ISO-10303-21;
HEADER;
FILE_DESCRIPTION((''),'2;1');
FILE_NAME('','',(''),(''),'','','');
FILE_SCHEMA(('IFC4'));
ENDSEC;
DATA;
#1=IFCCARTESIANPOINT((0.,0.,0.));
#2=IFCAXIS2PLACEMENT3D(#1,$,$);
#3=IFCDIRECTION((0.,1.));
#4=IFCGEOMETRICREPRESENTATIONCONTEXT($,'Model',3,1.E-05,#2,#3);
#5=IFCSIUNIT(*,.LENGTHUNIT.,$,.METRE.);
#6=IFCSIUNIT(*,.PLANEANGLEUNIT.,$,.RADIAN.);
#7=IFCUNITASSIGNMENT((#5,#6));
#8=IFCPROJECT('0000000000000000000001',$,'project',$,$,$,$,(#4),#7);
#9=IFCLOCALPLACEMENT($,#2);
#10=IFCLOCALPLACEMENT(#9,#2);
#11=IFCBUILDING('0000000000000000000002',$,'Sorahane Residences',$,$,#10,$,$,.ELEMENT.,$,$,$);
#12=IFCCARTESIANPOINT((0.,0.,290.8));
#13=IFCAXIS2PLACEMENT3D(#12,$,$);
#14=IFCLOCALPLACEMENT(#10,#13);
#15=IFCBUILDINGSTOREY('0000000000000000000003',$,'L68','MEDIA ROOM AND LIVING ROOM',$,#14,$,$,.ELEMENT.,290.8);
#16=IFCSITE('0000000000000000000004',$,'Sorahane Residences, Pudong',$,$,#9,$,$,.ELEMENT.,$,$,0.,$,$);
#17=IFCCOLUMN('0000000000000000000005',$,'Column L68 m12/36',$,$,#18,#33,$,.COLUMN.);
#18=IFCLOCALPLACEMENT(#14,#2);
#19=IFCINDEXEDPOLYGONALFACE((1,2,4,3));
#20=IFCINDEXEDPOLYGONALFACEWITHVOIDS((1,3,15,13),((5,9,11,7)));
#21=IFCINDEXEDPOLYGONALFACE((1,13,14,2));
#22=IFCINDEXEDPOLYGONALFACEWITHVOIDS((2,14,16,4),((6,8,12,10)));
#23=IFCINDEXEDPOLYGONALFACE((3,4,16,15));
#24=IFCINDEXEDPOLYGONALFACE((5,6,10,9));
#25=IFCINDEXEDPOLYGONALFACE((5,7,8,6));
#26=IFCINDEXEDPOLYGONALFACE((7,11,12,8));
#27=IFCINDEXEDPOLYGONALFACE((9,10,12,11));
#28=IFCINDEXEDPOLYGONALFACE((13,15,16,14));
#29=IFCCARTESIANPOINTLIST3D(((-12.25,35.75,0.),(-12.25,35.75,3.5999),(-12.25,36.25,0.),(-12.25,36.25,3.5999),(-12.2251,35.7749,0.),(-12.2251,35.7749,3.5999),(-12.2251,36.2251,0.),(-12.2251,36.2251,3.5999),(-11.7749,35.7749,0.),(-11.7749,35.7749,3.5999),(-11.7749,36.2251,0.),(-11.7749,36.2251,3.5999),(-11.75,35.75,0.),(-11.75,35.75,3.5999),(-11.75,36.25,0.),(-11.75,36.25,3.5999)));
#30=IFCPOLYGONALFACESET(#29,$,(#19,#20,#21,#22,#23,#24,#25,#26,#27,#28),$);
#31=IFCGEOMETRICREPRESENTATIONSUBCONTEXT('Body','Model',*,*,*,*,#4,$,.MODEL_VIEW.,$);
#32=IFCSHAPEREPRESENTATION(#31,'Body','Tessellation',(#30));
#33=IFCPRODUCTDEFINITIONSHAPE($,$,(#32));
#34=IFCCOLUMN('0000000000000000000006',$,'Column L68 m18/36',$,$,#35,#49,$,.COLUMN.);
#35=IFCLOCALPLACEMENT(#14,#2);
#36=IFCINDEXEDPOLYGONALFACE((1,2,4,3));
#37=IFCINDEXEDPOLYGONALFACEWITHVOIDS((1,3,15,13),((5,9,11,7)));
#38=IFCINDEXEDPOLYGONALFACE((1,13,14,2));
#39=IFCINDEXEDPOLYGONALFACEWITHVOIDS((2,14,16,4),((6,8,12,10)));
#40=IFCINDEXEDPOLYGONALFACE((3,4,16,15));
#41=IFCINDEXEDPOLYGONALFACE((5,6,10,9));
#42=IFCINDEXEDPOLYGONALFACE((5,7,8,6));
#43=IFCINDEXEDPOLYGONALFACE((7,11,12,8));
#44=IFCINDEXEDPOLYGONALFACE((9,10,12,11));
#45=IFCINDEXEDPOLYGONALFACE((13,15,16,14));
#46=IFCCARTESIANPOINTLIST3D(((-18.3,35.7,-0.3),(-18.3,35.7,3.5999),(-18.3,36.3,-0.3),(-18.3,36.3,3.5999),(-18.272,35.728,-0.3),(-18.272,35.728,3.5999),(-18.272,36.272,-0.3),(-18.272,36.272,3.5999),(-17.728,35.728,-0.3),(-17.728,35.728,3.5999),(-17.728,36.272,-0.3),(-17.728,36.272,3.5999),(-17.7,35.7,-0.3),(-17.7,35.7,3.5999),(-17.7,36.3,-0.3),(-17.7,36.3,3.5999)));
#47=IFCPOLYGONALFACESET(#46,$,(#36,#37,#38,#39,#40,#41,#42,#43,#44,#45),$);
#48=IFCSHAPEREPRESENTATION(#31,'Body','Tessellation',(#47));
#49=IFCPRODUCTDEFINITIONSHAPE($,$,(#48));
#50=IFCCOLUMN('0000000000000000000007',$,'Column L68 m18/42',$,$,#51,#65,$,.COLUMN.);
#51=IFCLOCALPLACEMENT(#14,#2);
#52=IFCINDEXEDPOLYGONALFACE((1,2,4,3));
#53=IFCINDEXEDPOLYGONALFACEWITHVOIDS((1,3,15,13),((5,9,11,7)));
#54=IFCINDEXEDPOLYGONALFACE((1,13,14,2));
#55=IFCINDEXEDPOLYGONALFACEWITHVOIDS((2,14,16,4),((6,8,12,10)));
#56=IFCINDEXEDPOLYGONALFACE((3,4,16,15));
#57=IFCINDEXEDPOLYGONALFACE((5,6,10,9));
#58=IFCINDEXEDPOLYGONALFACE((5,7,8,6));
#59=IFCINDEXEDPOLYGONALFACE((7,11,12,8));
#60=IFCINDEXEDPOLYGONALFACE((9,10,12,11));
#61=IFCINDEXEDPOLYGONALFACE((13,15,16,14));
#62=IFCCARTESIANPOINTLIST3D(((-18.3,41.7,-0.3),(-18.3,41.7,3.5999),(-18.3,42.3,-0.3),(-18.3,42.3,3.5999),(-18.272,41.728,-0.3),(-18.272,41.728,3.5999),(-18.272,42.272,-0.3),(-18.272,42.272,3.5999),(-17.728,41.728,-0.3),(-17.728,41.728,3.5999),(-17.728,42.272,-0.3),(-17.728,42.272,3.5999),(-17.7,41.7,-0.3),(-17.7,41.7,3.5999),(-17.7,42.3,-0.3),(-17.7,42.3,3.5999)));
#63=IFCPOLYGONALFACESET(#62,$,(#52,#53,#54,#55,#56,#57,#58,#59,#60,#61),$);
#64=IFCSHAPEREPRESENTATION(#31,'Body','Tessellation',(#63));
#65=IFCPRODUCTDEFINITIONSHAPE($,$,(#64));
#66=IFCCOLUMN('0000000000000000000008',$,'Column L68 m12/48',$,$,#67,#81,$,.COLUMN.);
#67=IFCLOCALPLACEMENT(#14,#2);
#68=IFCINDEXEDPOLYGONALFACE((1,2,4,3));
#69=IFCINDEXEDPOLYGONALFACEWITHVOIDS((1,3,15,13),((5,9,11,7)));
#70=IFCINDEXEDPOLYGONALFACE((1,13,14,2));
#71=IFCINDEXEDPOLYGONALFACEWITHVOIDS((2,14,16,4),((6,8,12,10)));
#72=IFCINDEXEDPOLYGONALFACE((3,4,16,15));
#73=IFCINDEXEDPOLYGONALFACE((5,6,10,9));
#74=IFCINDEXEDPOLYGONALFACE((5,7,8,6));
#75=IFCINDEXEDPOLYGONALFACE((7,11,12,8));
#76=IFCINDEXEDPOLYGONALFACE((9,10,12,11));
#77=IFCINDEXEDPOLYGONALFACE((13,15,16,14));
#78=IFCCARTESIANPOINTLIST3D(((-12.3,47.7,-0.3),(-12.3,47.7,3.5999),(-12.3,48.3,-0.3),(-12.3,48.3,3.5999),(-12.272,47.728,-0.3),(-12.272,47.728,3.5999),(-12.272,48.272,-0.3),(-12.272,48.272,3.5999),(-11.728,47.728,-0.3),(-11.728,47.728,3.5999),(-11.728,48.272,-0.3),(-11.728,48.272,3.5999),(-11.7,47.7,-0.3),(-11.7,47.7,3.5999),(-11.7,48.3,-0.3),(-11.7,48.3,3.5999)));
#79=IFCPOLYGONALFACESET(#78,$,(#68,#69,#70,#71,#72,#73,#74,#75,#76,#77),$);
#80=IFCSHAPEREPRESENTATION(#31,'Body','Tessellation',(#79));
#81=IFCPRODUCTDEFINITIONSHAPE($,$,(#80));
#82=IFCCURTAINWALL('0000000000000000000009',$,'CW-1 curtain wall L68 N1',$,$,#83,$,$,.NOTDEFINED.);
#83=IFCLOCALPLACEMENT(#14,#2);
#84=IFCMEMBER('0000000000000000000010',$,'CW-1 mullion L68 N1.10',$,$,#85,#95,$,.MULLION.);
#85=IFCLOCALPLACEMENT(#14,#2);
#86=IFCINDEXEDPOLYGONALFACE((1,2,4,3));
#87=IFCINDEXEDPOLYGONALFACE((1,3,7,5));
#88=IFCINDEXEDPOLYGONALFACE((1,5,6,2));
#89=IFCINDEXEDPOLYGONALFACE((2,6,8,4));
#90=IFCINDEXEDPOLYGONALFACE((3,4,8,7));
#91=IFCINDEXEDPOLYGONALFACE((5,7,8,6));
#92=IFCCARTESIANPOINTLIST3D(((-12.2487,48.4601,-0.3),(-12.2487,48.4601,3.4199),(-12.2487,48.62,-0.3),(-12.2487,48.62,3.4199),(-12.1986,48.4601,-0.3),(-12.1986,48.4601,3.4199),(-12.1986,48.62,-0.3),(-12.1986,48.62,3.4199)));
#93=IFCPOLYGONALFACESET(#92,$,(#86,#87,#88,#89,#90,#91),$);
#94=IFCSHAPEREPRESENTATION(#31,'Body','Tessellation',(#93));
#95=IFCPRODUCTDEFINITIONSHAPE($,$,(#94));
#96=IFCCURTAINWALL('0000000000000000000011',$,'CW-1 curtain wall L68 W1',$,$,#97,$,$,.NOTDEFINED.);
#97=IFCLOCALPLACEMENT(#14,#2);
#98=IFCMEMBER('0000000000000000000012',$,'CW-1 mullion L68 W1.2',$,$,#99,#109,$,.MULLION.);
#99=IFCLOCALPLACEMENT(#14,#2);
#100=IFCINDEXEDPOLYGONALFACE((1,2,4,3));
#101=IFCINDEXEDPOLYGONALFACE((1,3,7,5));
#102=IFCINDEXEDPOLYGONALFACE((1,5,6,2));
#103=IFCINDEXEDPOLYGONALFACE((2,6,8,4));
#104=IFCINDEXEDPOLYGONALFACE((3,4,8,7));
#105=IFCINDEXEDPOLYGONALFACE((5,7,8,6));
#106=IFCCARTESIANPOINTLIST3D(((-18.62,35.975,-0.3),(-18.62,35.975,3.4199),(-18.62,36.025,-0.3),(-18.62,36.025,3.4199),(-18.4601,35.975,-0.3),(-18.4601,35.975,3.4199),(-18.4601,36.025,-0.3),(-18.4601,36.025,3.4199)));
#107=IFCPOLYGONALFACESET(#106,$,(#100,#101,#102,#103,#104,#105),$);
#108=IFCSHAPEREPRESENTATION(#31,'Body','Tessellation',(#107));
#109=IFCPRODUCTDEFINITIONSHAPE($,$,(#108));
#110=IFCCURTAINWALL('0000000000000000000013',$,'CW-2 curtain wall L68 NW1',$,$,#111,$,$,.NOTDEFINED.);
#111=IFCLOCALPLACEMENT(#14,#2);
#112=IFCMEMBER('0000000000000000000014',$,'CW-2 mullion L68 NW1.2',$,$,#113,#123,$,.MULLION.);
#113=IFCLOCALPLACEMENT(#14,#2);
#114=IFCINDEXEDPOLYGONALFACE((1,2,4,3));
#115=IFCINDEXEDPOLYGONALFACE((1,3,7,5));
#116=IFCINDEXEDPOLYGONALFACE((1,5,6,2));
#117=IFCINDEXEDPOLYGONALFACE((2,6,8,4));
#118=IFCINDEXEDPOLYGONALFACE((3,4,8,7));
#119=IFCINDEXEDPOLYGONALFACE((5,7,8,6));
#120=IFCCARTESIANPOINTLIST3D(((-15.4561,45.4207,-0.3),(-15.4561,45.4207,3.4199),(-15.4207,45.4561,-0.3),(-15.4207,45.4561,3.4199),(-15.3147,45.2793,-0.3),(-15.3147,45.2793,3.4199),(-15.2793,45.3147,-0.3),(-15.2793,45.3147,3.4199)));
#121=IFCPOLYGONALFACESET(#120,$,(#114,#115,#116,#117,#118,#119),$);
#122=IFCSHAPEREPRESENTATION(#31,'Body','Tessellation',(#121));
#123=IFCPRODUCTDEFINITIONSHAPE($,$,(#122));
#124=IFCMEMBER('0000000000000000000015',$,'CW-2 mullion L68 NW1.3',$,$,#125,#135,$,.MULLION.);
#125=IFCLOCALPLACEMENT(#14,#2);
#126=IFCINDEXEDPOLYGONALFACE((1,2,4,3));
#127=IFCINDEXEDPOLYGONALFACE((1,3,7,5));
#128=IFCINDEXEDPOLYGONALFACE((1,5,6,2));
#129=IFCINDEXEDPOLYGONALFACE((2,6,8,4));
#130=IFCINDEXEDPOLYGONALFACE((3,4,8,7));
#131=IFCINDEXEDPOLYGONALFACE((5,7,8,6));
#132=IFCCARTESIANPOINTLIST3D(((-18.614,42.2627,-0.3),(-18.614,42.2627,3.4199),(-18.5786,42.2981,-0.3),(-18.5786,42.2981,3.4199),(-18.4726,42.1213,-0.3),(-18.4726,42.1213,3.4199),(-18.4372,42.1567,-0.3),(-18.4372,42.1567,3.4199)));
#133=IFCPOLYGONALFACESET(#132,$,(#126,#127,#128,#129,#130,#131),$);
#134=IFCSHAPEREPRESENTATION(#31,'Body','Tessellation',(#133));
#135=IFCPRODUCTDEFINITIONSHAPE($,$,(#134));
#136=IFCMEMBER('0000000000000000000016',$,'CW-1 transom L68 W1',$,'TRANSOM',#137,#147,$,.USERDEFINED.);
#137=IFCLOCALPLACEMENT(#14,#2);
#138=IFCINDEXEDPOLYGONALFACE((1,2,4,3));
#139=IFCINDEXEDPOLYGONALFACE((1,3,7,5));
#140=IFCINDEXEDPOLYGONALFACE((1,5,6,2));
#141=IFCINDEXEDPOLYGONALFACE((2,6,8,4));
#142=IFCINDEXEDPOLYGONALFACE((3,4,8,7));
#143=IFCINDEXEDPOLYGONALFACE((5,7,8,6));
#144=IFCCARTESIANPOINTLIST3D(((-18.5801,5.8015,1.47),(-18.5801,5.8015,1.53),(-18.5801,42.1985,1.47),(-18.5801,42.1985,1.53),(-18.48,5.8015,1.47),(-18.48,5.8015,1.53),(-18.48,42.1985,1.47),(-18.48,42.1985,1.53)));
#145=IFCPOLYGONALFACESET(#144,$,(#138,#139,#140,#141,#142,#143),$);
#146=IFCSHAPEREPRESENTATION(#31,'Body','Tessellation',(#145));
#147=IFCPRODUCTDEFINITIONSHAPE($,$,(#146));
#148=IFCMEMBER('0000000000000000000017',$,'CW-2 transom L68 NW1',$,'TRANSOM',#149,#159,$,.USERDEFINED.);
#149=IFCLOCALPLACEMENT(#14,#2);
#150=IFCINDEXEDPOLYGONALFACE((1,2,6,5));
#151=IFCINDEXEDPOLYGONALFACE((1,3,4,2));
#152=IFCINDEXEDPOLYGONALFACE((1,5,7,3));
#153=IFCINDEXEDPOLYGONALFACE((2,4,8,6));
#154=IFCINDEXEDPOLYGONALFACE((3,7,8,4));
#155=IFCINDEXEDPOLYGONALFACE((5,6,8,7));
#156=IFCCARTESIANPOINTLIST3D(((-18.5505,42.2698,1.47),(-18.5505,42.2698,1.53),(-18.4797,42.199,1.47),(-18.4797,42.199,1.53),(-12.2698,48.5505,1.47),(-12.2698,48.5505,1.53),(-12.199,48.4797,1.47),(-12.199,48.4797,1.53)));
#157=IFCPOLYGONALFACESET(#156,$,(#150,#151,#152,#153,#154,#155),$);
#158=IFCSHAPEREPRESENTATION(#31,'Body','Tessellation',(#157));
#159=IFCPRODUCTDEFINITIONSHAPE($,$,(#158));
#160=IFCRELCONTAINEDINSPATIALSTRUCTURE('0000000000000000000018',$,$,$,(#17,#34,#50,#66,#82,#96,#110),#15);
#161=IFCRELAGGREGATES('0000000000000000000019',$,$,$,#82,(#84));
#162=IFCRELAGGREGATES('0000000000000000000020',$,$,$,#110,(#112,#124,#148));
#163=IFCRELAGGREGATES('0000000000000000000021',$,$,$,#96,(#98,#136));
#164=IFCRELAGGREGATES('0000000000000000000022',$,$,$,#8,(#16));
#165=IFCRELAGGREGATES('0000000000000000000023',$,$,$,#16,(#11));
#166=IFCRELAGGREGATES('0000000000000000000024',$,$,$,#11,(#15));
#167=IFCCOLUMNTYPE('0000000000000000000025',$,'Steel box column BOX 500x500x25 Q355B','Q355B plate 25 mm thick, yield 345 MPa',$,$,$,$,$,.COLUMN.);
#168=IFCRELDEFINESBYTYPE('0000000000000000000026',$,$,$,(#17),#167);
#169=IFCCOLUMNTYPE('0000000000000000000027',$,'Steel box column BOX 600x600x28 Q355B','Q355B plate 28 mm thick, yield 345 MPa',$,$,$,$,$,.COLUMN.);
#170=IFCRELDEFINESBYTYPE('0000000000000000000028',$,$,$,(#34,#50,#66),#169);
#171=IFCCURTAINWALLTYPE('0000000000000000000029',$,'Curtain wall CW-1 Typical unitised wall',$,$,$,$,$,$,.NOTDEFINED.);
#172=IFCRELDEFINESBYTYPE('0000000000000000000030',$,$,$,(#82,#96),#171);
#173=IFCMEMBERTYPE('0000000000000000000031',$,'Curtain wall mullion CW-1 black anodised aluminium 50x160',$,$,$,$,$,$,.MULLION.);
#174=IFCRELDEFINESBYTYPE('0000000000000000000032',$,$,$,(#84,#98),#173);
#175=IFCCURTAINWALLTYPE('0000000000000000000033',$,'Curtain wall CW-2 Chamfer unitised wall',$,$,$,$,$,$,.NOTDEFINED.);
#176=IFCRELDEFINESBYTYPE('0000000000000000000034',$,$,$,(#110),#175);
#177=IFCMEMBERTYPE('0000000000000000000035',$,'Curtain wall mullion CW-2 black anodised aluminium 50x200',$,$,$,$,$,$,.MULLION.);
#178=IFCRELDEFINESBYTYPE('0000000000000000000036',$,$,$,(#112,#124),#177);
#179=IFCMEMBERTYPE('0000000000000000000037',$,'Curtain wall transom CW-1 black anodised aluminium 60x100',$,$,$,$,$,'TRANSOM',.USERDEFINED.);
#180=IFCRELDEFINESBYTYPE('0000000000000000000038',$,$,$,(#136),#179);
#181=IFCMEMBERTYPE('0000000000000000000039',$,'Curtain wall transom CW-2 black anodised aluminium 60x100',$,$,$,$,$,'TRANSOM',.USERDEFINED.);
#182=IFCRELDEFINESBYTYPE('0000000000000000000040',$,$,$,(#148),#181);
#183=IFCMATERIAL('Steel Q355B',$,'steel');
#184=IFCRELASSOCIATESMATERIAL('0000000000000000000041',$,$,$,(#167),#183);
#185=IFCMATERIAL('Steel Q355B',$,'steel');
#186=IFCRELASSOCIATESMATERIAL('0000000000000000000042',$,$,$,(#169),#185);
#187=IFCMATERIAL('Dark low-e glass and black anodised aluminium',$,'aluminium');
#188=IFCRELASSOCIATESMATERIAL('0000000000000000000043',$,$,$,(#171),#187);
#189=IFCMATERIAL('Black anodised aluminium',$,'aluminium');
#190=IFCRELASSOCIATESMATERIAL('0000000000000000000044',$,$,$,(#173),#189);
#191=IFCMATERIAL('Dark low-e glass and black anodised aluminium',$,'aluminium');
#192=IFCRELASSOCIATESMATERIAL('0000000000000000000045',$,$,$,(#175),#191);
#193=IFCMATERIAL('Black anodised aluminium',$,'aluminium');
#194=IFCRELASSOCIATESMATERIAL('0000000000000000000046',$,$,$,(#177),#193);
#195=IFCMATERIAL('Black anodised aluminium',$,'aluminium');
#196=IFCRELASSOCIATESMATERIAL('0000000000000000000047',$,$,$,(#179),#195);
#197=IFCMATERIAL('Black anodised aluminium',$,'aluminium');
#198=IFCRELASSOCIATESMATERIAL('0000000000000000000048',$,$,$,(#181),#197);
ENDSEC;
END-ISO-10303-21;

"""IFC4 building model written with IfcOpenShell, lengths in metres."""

from ifc_helpers import new_model, si_unit, direction, frame, origin, origin_2d, place, context, subcontext, project, spatial, rectangle, hollow_rectangle, extrude, material, material_profile, profile_set, type_object, element, aggregate, save


model = new_model("IFC4")

# Units and contexts
model_context = context("Model", 3, precision=1e-05, world=origin(), true_north=direction((0.0, 1.0)))
body_context = subcontext(model_context, "Body", "Model", "MODEL_VIEW")
ifc_project = project(units=[si_unit("LENGTHUNIT", "METRE"), si_unit("PLANEANGLEUNIT", "RADIAN")], contexts=[model_context])

# Site, building, storey
site_placement = place(None, origin())
site = spatial("IfcSite", under=ifc_project, at=site_placement, Name="Sorahane Residences, Pudong", CompositionType="ELEMENT", RefElevation=0.0)
building_placement = place(site_placement, origin())
building = spatial("IfcBuilding", under=site, at=building_placement, Name="Sorahane Residences", CompositionType="ELEMENT")
storey_placement = place(building_placement, frame((0.0, 0.0, 290.8)))
storey = spatial("IfcBuildingStorey", under=building, at=storey_placement, Name="L68", Description="MEDIA ROOM AND LIVING ROOM", CompositionType="ELEMENT", Elevation=290.8)

# Columns
ifc_material_1 = material(Name="Steel Q355B", Category="steel")
ifc_material_profile_1 = material_profile(ifc_material_1, hollow_rectangle(XDim=0.5, YDim=0.5, WallThickness=0.0249, at=origin_2d()), Name="BOX 500x500x25")
ifc_profile_set_1 = profile_set([ifc_material_profile_1], Name="Steel Q355B")
column_type_1 = type_object("IfcColumnType", Name="Steel box column BOX 500x500x25 Q355B", Description="Q355B plate 25 mm thick, yield 345 MPa", PredefinedType="COLUMN", material=ifc_profile_set_1)
column_placement = place(storey_placement, frame((-12.0, 36.0, 0.0), z_axis=(0.0, 0.0, 1.0), x_axis=(1.0, 0.0, 0.0)))
element("IfcColumn", 1, at=column_placement, inside=storey, type_object=column_type_1, Name="Column L68 m12/36", PredefinedType="COLUMN", context=body_context, shape_type="SweptSolid", body=[
    extrude(hollow_rectangle(XDim=0.5, YDim=0.5, WallThickness=0.0249, at=origin_2d()), origin(), (0.0, 0.0, 1.0), 3.5999),
])
ifc_material_2 = material(Name="Steel Q355B", Category="steel")
ifc_material_profile_2 = material_profile(ifc_material_2, hollow_rectangle(XDim=0.6001, YDim=0.6001, WallThickness=0.0281, at=origin_2d()), Name="BOX 600x600x28")
ifc_profile_set_2 = profile_set([ifc_material_profile_2], Name="Steel Q355B")
column_type_2 = type_object("IfcColumnType", Name="Steel box column BOX 600x600x28 Q355B", Description="Q355B plate 28 mm thick, yield 345 MPa", PredefinedType="COLUMN", material=ifc_profile_set_2)
for number, where, z_axis, x_axis, name in (
    (2, (-18.0, 36.0, -0.3), (0.0, 0.0, 1.0), (1.0, 0.0, 0.0), "Column L68 m18/36"),
    (3, (-18.0, 42.0, -0.3), (0.0, 0.0, 1.0), (1.0, 0.0, 0.0), "Column L68 m18/42"),
    (4, (-12.0, 48.0, -0.3), (0.0, 0.0, 1.0), (1.0, 0.0, 0.0), "Column L68 m12/48"),
):
    element("IfcColumn", number, at=place(storey_placement, frame(where, z_axis=z_axis, x_axis=x_axis)), inside=storey, type_object=column_type_2, Name=name, PredefinedType="COLUMN", context=body_context, shape_type="SweptSolid", body=[
        extrude(hollow_rectangle(XDim=0.6001, YDim=0.6001, WallThickness=0.0281, at=origin_2d()), origin(), (0.0, 0.0, 1.0), 3.8999),
    ])

# Curtain walls, members
ifc_material_3 = material(Name="Dark low-e glass and black anodised aluminium", Category="aluminium")
curtain_wall_type_1 = type_object("IfcCurtainWallType", Name="Curtain wall CW-1 Typical unitised wall", PredefinedType="NOTDEFINED", material=ifc_material_3)
curtain_wall_1_placement = place(storey_placement, origin())
curtain_wall_1 = element("IfcCurtainWall", 5, at=curtain_wall_1_placement, inside=storey, type_object=curtain_wall_type_1, Name="CW-1 curtain wall L68 N1", PredefinedType="NOTDEFINED")
ifc_material_4 = material(Name="Black anodised aluminium", Category="aluminium")
ifc_material_profile_3 = material_profile(ifc_material_4, rectangle(XDim=0.1599, YDim=0.05, at=origin_2d()), Name="Curtain wall mullion CW-1 black anodised aluminium 50x160")
ifc_profile_set_3 = profile_set([ifc_material_profile_3], Name="Black anodised aluminium")
member_type_1 = type_object("IfcMemberType", Name="Curtain wall mullion CW-1 black anodised aluminium 50x160", PredefinedType="MULLION", material=ifc_profile_set_3)
member_1_placement = place(storey_placement, frame((-12.2236, 48.54, -0.3), z_axis=(0.0, 0.0, 1.0), x_axis=(0.0, 1.0, 0.0)))
member_1 = element("IfcMember", 6, at=member_1_placement, type_object=member_type_1, Name="CW-1 mullion L68 N1.10", PredefinedType="MULLION", context=body_context, shape_type="SweptSolid", body=[
    extrude(rectangle(XDim=0.1599, YDim=0.05, at=origin_2d()), origin(), (0.0, 0.0, 1.0), 3.72),
])
curtain_wall_2_placement = place(storey_placement, origin())
curtain_wall_2 = element("IfcCurtainWall", 7, at=curtain_wall_2_placement, inside=storey, type_object=curtain_wall_type_1, Name="CW-1 curtain wall L68 W1", PredefinedType="NOTDEFINED")
member_2_placement = place(storey_placement, frame((-18.54, 36.0, -0.3), z_axis=(0.0, 0.0, 1.0), x_axis=(-1.0, 0.0, 0.0)))
member_2 = element("IfcMember", 8, at=member_2_placement, type_object=member_type_1, Name="CW-1 mullion L68 W1.2", PredefinedType="MULLION", context=body_context, shape_type="SweptSolid", body=[
    extrude(rectangle(XDim=0.1599, YDim=0.05, at=origin_2d()), origin(), (0.0, 0.0, 1.0), 3.72),
])

# Curtain wall, members
ifc_material_5 = material(Name="Dark low-e glass and black anodised aluminium", Category="aluminium")
curtain_wall_type_2 = type_object("IfcCurtainWallType", Name="Curtain wall CW-2 Chamfer unitised wall", PredefinedType="NOTDEFINED", material=ifc_material_5)
curtain_wall_3_placement = place(storey_placement, origin())
curtain_wall_3 = element("IfcCurtainWall", 9, at=curtain_wall_3_placement, inside=storey, type_object=curtain_wall_type_2, Name="CW-2 curtain wall L68 NW1", PredefinedType="NOTDEFINED")
ifc_material_6 = material(Name="Black anodised aluminium", Category="aluminium")
ifc_material_profile_4 = material_profile(ifc_material_6, rectangle(XDim=0.2, YDim=0.05, at=origin_2d()), Name="Curtain wall mullion CW-2 black anodised aluminium 50x200")
ifc_profile_set_4 = profile_set([ifc_material_profile_4], Name="Black anodised aluminium")
member_type_2 = type_object("IfcMemberType", Name="Curtain wall mullion CW-2 black anodised aluminium 50x200", PredefinedType="MULLION", material=ifc_profile_set_4)
member_3_placement = place(storey_placement, frame((-15.3677, 45.3677, -0.3), z_axis=(0.0, 0.0, 1.0), x_axis=(-0.707107, 0.707107, 0.0)))
member_3 = element("IfcMember", 10, at=member_3_placement, type_object=member_type_2, Name="CW-2 mullion L68 NW1.2", PredefinedType="MULLION", context=body_context, shape_type="SweptSolid", body=[
    extrude(rectangle(XDim=0.2, YDim=0.05, at=origin_2d()), origin(), (0.0, 0.0, 1.0), 3.72),
])
member_4_placement = place(storey_placement, frame((-18.5256, 42.2097, -0.3), z_axis=(0.0, 0.0, 1.0), x_axis=(-0.707107, 0.707107, 0.0)))
member_4 = element("IfcMember", 11, at=member_4_placement, type_object=member_type_2, Name="CW-2 mullion L68 NW1.3", PredefinedType="MULLION", context=body_context, shape_type="SweptSolid", body=[
    extrude(rectangle(XDim=0.2, YDim=0.05, at=origin_2d()), origin(), (0.0, 0.0, 1.0), 3.72),
])

# Members
ifc_material_7 = material(Name="Black anodised aluminium", Category="aluminium")
ifc_material_profile_5 = material_profile(ifc_material_7, rectangle(XDim=0.1001, YDim=0.0601, at=origin_2d()), Name="Curtain wall transom CW-1 black anodised aluminium 60x100")
ifc_profile_set_5 = profile_set([ifc_material_profile_5], Name="Black anodised aluminium")
member_type_3 = type_object("IfcMemberType", Name="Curtain wall transom CW-1 black anodised aluminium 60x100", ElementType="TRANSOM", PredefinedType="USERDEFINED", material=ifc_profile_set_5)
member_5_placement = place(storey_placement, frame((-18.53, 42.1985, 1.5), z_axis=(0.0, -1.0, 0.0), x_axis=(1.0, 0.0, 0.0)))
member_5 = element("IfcMember", 12, at=member_5_placement, type_object=member_type_3, Name="CW-1 transom L68 W1", ObjectType="TRANSOM", PredefinedType="USERDEFINED", context=body_context, shape_type="SweptSolid", body=[
    extrude(rectangle(XDim=0.1001, YDim=0.0601, at=origin_2d()), origin(), (0.0, 0.0, 1.0), 36.397),
])
ifc_material_8 = material(Name="Black anodised aluminium", Category="aluminium")
ifc_material_profile_6 = material_profile(ifc_material_8, rectangle(XDim=0.1001, YDim=0.0601, at=origin_2d()), Name="Curtain wall transom CW-2 black anodised aluminium 60x100")
ifc_profile_set_6 = profile_set([ifc_material_profile_6], Name="Black anodised aluminium")
member_type_4 = type_object("IfcMemberType", Name="Curtain wall transom CW-2 black anodised aluminium 60x100", ElementType="TRANSOM", PredefinedType="USERDEFINED", material=ifc_profile_set_6)
member_6_placement = place(storey_placement, frame((-12.2344, 48.5151, 1.5), z_axis=(-0.707107, -0.707107, 0.0), x_axis=(0.707107, -0.707107, 0.0)))
member_6 = element("IfcMember", 13, at=member_6_placement, type_object=member_type_4, Name="CW-2 transom L68 NW1", ObjectType="TRANSOM", PredefinedType="USERDEFINED", context=body_context, shape_type="SweptSolid", body=[
    extrude(rectangle(XDim=0.1001, YDim=0.0601, at=origin_2d()), origin(), (0.0, 0.0, 1.0), 8.8823),
])

aggregate(curtain_wall_1, [member_1])
aggregate(curtain_wall_3, [member_3, member_4, member_6])
aggregate(curtain_wall_2, [member_2, member_5])

save(model, "model.ifc")
